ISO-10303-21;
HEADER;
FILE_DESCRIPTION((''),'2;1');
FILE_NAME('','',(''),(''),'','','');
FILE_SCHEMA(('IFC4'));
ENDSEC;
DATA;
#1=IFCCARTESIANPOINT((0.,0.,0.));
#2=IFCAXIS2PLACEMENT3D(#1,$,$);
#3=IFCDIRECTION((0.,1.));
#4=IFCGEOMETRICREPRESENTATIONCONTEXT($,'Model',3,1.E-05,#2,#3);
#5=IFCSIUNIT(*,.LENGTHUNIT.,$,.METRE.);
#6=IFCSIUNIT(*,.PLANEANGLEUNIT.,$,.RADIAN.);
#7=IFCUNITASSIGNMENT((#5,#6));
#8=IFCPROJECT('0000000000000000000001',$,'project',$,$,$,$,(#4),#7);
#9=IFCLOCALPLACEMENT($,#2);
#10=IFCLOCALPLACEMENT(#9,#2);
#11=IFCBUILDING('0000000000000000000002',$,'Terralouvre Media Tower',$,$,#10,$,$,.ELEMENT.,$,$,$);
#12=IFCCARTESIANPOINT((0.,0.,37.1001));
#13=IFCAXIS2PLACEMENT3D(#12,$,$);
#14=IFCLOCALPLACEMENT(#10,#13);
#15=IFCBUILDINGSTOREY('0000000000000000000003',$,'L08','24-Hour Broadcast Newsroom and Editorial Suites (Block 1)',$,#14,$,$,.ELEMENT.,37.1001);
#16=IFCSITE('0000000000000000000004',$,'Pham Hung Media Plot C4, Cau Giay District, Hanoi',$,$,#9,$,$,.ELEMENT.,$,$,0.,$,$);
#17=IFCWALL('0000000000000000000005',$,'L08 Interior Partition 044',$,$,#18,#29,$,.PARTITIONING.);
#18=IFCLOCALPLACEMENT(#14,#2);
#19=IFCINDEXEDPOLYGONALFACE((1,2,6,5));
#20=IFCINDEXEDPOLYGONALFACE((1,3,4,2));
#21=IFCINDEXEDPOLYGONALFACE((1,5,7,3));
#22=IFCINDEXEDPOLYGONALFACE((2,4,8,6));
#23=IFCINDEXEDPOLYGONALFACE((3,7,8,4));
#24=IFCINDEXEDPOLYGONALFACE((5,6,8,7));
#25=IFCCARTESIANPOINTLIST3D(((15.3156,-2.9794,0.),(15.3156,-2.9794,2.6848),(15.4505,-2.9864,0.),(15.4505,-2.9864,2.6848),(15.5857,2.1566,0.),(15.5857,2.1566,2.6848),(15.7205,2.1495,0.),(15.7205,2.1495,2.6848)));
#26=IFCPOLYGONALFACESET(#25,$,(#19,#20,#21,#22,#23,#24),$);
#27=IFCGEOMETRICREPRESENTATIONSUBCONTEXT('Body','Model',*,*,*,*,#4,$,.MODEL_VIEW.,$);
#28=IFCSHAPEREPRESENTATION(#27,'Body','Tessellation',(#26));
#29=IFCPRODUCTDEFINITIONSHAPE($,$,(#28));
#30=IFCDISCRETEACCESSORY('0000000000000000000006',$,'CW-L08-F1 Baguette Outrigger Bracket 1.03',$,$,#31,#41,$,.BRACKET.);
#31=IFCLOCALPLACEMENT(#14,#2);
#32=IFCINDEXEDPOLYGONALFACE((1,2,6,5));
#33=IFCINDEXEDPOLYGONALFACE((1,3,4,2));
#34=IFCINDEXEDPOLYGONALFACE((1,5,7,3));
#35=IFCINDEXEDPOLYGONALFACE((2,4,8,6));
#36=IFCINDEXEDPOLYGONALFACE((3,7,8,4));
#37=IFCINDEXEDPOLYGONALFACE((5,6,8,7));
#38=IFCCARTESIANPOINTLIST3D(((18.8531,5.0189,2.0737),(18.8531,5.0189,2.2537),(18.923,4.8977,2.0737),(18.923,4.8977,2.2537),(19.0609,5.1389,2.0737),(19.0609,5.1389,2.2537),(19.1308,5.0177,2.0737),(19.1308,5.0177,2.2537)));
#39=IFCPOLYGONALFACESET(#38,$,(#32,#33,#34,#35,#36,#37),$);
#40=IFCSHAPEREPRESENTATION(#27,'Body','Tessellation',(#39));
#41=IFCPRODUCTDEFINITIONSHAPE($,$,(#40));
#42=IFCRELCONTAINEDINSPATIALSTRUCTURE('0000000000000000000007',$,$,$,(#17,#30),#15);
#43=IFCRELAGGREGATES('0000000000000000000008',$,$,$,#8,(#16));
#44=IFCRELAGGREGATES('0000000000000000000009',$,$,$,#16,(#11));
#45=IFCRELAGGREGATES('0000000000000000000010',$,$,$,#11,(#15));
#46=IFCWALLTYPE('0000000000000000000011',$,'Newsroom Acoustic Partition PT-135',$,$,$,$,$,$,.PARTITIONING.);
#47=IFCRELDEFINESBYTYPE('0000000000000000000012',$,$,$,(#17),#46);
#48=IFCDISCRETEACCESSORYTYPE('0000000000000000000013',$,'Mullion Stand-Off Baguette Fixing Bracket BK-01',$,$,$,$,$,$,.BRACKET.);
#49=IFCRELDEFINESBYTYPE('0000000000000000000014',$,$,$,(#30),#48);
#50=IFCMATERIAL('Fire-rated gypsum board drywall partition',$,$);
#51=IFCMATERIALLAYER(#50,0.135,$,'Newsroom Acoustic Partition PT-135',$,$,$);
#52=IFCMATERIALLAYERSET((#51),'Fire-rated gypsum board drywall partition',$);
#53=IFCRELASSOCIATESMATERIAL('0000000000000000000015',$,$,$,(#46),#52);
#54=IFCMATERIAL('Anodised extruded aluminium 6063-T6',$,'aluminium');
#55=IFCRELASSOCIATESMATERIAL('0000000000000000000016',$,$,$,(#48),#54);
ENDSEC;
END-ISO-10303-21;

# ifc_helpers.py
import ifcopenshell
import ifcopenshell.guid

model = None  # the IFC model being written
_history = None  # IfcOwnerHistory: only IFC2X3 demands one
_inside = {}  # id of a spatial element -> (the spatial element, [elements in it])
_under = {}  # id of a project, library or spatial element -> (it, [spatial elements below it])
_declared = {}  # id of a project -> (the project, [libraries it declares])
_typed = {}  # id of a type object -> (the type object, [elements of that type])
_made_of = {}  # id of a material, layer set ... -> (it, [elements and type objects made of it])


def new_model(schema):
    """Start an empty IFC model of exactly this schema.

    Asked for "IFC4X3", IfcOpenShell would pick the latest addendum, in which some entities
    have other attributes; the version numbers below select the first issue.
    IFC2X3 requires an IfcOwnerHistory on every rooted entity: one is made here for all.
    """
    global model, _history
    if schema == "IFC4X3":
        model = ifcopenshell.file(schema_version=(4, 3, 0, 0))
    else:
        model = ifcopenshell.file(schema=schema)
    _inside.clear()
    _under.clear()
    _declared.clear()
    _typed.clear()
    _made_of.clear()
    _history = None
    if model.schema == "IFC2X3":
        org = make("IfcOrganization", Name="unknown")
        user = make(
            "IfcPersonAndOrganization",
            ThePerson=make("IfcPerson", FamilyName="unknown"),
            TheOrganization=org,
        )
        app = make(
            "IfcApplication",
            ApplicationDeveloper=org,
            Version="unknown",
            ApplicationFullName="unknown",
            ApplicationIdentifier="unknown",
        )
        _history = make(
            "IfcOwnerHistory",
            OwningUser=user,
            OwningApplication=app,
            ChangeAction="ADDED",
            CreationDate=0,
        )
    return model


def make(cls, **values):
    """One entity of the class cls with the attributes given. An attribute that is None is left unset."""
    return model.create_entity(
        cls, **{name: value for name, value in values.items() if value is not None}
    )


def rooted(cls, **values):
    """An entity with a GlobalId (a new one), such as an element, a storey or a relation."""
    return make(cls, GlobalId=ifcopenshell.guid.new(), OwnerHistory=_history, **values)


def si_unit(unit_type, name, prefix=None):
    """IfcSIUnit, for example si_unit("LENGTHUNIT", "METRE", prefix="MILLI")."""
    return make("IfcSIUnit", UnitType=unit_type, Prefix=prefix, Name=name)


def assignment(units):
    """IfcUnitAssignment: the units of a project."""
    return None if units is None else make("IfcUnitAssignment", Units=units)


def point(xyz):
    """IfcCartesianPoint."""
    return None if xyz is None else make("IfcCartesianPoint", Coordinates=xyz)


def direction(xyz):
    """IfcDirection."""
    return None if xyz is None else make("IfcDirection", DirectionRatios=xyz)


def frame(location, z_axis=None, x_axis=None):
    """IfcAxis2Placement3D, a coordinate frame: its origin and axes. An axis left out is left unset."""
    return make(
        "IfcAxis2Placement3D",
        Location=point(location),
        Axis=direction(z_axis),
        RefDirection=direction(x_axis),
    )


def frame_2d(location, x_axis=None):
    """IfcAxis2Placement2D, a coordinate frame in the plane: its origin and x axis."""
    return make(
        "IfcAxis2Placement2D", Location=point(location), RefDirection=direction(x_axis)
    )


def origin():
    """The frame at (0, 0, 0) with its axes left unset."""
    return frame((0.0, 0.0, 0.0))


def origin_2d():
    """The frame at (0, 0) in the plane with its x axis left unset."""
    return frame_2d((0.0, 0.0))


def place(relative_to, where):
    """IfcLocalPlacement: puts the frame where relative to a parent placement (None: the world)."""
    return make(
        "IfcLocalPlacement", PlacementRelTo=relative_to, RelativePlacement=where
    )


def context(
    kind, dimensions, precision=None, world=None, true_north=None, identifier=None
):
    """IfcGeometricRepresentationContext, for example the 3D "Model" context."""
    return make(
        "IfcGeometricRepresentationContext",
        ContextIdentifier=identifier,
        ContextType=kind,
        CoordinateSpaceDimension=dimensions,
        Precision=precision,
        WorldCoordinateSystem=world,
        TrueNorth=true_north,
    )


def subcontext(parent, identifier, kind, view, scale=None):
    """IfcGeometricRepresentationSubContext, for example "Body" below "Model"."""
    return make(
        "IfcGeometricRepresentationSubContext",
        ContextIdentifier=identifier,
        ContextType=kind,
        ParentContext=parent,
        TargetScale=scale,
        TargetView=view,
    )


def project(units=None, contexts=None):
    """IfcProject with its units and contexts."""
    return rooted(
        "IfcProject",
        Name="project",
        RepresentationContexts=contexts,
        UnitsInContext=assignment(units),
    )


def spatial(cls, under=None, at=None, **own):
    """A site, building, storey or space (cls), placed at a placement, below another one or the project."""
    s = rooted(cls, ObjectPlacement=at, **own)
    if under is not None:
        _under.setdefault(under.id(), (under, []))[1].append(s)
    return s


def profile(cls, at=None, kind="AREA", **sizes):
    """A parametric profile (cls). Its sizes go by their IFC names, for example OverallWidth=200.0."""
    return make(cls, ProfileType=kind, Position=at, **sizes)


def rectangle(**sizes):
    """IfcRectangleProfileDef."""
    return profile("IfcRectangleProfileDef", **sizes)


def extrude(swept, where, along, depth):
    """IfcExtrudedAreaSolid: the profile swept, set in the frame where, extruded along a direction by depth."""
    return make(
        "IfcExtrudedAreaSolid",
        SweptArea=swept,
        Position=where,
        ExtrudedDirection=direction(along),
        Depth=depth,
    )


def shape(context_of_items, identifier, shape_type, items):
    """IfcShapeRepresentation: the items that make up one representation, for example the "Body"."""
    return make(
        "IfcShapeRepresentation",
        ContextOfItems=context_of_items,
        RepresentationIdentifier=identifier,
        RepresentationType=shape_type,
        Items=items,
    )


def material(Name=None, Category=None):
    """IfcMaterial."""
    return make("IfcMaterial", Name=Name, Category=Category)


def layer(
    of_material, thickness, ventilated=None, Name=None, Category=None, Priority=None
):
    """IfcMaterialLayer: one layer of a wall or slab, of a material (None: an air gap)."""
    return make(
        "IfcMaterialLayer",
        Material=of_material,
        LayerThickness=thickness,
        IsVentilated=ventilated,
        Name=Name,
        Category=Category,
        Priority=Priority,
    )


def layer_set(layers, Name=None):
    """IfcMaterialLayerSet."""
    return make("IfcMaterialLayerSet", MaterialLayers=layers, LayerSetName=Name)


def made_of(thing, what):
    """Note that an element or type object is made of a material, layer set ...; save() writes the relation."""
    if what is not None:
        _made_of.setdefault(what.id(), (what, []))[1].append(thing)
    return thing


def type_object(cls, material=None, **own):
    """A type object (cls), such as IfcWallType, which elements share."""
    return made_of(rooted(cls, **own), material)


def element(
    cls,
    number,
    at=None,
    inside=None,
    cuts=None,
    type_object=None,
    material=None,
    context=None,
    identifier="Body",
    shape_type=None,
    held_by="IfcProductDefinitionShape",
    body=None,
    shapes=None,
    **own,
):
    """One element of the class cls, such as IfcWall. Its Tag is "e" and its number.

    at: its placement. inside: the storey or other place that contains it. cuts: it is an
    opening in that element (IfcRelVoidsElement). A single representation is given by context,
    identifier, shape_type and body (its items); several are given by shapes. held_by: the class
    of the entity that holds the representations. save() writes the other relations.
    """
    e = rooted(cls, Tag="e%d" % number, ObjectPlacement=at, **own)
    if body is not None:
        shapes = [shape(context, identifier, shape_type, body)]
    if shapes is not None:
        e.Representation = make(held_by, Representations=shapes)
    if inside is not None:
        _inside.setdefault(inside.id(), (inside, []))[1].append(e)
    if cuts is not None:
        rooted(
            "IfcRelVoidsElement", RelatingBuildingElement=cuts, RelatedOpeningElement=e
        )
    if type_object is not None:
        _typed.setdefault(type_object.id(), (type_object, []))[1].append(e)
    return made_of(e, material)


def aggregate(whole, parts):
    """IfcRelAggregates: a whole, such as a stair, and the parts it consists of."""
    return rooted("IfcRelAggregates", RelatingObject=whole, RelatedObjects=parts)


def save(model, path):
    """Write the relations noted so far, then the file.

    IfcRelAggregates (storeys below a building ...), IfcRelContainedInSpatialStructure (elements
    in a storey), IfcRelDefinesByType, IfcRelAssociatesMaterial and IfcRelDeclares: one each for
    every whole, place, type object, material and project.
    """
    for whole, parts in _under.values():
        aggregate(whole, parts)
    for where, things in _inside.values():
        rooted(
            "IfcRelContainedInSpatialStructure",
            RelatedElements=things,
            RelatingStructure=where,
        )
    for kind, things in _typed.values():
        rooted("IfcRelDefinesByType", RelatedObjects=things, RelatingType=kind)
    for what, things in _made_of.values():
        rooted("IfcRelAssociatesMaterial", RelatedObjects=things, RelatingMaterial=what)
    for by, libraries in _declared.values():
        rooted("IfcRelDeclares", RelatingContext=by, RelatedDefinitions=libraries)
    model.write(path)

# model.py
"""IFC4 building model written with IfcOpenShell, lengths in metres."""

from ifc_helpers import new_model, si_unit, direction, frame, frame_2d, origin, origin_2d, place, context, subcontext, project, spatial, rectangle, extrude, material, layer, layer_set, type_object, element, save


model = new_model("IFC4")

# Units and contexts
model_context = context("Model", 3, precision=1e-05, world=origin(), true_north=direction((0.0, 1.0)))
body_context = subcontext(model_context, "Body", "Model", "MODEL_VIEW")
ifc_project = project(units=[si_unit("LENGTHUNIT", "METRE"), si_unit("PLANEANGLEUNIT", "RADIAN")], contexts=[model_context])

# Site, building, storey
site_placement = place(None, origin())
site = spatial("IfcSite", under=ifc_project, at=site_placement, Name="Pham Hung Media Plot C4, Cau Giay District, Hanoi", CompositionType="ELEMENT", RefElevation=0.0)
building_placement = place(site_placement, origin())
building = spatial("IfcBuilding", under=site, at=building_placement, Name="Terralouvre Media Tower", CompositionType="ELEMENT")
storey_placement = place(building_placement, frame((0.0, 0.0, 37.1001)))
storey = spatial("IfcBuildingStorey", under=building, at=storey_placement, Name="L08", Description="24-Hour Broadcast Newsroom and Editorial Suites (Block 1)", CompositionType="ELEMENT", Elevation=37.1001)

# Shared definitions
ifc_material_1 = material(Name="Fire-rated gypsum board drywall partition")
ifc_layer_1 = layer(ifc_material_1, 0.135, Name="Newsroom Acoustic Partition PT-135")
ifc_layer_set_1 = layer_set([ifc_layer_1], Name="Fire-rated gypsum board drywall partition")
wall_type = type_object("IfcWallType", Name="Newsroom Acoustic Partition PT-135", PredefinedType="PARTITIONING", material=ifc_layer_set_1)

# Wall
wall_1_placement = place(storey_placement, frame((15.6531, 2.1531, 0.0), z_axis=(0.0, 0.0, 1.0), x_axis=(-0.052502, -0.998621, 0.0)))
element("IfcWall", 1, at=wall_1_placement, inside=storey, type_object=wall_type, Name="L08 Interior Partition 044", PredefinedType="PARTITIONING", context=body_context, shape_type="SweptSolid", body=[
    extrude(rectangle(XDim=5.1431, YDim=0.135, at=frame_2d((2.5715, 0.0))), origin(), (0.0, 0.0, 1.0), 2.6848),
])

# Discrete accessory
ifc_material_2 = material(Name="Anodised extruded aluminium 6063-T6", Category="aluminium")
discrete_accessory_type = type_object("IfcDiscreteAccessoryType", Name="Mullion Stand-Off Baguette Fixing Bracket BK-01", PredefinedType="BRACKET", material=ifc_material_2)
discrete_accessory_placement = place(storey_placement, frame((18.9919, 5.0183, 2.0737), z_axis=(0.0, 0.0, 1.0), x_axis=(-0.5, 0.866025, 0.0)))
element("IfcDiscreteAccessory", 2, at=discrete_accessory_placement, inside=storey, type_object=discrete_accessory_type, Name="CW-L08-F1 Baguette Outrigger Bracket 1.03", PredefinedType="BRACKET", context=body_context, shape_type="SweptSolid", body=[
    extrude(rectangle(XDim=0.1399, YDim=0.24, at=origin_2d()), origin(), (0.0, 0.0, 1.0), 0.1799),
])

save(model, "model.ifc")
